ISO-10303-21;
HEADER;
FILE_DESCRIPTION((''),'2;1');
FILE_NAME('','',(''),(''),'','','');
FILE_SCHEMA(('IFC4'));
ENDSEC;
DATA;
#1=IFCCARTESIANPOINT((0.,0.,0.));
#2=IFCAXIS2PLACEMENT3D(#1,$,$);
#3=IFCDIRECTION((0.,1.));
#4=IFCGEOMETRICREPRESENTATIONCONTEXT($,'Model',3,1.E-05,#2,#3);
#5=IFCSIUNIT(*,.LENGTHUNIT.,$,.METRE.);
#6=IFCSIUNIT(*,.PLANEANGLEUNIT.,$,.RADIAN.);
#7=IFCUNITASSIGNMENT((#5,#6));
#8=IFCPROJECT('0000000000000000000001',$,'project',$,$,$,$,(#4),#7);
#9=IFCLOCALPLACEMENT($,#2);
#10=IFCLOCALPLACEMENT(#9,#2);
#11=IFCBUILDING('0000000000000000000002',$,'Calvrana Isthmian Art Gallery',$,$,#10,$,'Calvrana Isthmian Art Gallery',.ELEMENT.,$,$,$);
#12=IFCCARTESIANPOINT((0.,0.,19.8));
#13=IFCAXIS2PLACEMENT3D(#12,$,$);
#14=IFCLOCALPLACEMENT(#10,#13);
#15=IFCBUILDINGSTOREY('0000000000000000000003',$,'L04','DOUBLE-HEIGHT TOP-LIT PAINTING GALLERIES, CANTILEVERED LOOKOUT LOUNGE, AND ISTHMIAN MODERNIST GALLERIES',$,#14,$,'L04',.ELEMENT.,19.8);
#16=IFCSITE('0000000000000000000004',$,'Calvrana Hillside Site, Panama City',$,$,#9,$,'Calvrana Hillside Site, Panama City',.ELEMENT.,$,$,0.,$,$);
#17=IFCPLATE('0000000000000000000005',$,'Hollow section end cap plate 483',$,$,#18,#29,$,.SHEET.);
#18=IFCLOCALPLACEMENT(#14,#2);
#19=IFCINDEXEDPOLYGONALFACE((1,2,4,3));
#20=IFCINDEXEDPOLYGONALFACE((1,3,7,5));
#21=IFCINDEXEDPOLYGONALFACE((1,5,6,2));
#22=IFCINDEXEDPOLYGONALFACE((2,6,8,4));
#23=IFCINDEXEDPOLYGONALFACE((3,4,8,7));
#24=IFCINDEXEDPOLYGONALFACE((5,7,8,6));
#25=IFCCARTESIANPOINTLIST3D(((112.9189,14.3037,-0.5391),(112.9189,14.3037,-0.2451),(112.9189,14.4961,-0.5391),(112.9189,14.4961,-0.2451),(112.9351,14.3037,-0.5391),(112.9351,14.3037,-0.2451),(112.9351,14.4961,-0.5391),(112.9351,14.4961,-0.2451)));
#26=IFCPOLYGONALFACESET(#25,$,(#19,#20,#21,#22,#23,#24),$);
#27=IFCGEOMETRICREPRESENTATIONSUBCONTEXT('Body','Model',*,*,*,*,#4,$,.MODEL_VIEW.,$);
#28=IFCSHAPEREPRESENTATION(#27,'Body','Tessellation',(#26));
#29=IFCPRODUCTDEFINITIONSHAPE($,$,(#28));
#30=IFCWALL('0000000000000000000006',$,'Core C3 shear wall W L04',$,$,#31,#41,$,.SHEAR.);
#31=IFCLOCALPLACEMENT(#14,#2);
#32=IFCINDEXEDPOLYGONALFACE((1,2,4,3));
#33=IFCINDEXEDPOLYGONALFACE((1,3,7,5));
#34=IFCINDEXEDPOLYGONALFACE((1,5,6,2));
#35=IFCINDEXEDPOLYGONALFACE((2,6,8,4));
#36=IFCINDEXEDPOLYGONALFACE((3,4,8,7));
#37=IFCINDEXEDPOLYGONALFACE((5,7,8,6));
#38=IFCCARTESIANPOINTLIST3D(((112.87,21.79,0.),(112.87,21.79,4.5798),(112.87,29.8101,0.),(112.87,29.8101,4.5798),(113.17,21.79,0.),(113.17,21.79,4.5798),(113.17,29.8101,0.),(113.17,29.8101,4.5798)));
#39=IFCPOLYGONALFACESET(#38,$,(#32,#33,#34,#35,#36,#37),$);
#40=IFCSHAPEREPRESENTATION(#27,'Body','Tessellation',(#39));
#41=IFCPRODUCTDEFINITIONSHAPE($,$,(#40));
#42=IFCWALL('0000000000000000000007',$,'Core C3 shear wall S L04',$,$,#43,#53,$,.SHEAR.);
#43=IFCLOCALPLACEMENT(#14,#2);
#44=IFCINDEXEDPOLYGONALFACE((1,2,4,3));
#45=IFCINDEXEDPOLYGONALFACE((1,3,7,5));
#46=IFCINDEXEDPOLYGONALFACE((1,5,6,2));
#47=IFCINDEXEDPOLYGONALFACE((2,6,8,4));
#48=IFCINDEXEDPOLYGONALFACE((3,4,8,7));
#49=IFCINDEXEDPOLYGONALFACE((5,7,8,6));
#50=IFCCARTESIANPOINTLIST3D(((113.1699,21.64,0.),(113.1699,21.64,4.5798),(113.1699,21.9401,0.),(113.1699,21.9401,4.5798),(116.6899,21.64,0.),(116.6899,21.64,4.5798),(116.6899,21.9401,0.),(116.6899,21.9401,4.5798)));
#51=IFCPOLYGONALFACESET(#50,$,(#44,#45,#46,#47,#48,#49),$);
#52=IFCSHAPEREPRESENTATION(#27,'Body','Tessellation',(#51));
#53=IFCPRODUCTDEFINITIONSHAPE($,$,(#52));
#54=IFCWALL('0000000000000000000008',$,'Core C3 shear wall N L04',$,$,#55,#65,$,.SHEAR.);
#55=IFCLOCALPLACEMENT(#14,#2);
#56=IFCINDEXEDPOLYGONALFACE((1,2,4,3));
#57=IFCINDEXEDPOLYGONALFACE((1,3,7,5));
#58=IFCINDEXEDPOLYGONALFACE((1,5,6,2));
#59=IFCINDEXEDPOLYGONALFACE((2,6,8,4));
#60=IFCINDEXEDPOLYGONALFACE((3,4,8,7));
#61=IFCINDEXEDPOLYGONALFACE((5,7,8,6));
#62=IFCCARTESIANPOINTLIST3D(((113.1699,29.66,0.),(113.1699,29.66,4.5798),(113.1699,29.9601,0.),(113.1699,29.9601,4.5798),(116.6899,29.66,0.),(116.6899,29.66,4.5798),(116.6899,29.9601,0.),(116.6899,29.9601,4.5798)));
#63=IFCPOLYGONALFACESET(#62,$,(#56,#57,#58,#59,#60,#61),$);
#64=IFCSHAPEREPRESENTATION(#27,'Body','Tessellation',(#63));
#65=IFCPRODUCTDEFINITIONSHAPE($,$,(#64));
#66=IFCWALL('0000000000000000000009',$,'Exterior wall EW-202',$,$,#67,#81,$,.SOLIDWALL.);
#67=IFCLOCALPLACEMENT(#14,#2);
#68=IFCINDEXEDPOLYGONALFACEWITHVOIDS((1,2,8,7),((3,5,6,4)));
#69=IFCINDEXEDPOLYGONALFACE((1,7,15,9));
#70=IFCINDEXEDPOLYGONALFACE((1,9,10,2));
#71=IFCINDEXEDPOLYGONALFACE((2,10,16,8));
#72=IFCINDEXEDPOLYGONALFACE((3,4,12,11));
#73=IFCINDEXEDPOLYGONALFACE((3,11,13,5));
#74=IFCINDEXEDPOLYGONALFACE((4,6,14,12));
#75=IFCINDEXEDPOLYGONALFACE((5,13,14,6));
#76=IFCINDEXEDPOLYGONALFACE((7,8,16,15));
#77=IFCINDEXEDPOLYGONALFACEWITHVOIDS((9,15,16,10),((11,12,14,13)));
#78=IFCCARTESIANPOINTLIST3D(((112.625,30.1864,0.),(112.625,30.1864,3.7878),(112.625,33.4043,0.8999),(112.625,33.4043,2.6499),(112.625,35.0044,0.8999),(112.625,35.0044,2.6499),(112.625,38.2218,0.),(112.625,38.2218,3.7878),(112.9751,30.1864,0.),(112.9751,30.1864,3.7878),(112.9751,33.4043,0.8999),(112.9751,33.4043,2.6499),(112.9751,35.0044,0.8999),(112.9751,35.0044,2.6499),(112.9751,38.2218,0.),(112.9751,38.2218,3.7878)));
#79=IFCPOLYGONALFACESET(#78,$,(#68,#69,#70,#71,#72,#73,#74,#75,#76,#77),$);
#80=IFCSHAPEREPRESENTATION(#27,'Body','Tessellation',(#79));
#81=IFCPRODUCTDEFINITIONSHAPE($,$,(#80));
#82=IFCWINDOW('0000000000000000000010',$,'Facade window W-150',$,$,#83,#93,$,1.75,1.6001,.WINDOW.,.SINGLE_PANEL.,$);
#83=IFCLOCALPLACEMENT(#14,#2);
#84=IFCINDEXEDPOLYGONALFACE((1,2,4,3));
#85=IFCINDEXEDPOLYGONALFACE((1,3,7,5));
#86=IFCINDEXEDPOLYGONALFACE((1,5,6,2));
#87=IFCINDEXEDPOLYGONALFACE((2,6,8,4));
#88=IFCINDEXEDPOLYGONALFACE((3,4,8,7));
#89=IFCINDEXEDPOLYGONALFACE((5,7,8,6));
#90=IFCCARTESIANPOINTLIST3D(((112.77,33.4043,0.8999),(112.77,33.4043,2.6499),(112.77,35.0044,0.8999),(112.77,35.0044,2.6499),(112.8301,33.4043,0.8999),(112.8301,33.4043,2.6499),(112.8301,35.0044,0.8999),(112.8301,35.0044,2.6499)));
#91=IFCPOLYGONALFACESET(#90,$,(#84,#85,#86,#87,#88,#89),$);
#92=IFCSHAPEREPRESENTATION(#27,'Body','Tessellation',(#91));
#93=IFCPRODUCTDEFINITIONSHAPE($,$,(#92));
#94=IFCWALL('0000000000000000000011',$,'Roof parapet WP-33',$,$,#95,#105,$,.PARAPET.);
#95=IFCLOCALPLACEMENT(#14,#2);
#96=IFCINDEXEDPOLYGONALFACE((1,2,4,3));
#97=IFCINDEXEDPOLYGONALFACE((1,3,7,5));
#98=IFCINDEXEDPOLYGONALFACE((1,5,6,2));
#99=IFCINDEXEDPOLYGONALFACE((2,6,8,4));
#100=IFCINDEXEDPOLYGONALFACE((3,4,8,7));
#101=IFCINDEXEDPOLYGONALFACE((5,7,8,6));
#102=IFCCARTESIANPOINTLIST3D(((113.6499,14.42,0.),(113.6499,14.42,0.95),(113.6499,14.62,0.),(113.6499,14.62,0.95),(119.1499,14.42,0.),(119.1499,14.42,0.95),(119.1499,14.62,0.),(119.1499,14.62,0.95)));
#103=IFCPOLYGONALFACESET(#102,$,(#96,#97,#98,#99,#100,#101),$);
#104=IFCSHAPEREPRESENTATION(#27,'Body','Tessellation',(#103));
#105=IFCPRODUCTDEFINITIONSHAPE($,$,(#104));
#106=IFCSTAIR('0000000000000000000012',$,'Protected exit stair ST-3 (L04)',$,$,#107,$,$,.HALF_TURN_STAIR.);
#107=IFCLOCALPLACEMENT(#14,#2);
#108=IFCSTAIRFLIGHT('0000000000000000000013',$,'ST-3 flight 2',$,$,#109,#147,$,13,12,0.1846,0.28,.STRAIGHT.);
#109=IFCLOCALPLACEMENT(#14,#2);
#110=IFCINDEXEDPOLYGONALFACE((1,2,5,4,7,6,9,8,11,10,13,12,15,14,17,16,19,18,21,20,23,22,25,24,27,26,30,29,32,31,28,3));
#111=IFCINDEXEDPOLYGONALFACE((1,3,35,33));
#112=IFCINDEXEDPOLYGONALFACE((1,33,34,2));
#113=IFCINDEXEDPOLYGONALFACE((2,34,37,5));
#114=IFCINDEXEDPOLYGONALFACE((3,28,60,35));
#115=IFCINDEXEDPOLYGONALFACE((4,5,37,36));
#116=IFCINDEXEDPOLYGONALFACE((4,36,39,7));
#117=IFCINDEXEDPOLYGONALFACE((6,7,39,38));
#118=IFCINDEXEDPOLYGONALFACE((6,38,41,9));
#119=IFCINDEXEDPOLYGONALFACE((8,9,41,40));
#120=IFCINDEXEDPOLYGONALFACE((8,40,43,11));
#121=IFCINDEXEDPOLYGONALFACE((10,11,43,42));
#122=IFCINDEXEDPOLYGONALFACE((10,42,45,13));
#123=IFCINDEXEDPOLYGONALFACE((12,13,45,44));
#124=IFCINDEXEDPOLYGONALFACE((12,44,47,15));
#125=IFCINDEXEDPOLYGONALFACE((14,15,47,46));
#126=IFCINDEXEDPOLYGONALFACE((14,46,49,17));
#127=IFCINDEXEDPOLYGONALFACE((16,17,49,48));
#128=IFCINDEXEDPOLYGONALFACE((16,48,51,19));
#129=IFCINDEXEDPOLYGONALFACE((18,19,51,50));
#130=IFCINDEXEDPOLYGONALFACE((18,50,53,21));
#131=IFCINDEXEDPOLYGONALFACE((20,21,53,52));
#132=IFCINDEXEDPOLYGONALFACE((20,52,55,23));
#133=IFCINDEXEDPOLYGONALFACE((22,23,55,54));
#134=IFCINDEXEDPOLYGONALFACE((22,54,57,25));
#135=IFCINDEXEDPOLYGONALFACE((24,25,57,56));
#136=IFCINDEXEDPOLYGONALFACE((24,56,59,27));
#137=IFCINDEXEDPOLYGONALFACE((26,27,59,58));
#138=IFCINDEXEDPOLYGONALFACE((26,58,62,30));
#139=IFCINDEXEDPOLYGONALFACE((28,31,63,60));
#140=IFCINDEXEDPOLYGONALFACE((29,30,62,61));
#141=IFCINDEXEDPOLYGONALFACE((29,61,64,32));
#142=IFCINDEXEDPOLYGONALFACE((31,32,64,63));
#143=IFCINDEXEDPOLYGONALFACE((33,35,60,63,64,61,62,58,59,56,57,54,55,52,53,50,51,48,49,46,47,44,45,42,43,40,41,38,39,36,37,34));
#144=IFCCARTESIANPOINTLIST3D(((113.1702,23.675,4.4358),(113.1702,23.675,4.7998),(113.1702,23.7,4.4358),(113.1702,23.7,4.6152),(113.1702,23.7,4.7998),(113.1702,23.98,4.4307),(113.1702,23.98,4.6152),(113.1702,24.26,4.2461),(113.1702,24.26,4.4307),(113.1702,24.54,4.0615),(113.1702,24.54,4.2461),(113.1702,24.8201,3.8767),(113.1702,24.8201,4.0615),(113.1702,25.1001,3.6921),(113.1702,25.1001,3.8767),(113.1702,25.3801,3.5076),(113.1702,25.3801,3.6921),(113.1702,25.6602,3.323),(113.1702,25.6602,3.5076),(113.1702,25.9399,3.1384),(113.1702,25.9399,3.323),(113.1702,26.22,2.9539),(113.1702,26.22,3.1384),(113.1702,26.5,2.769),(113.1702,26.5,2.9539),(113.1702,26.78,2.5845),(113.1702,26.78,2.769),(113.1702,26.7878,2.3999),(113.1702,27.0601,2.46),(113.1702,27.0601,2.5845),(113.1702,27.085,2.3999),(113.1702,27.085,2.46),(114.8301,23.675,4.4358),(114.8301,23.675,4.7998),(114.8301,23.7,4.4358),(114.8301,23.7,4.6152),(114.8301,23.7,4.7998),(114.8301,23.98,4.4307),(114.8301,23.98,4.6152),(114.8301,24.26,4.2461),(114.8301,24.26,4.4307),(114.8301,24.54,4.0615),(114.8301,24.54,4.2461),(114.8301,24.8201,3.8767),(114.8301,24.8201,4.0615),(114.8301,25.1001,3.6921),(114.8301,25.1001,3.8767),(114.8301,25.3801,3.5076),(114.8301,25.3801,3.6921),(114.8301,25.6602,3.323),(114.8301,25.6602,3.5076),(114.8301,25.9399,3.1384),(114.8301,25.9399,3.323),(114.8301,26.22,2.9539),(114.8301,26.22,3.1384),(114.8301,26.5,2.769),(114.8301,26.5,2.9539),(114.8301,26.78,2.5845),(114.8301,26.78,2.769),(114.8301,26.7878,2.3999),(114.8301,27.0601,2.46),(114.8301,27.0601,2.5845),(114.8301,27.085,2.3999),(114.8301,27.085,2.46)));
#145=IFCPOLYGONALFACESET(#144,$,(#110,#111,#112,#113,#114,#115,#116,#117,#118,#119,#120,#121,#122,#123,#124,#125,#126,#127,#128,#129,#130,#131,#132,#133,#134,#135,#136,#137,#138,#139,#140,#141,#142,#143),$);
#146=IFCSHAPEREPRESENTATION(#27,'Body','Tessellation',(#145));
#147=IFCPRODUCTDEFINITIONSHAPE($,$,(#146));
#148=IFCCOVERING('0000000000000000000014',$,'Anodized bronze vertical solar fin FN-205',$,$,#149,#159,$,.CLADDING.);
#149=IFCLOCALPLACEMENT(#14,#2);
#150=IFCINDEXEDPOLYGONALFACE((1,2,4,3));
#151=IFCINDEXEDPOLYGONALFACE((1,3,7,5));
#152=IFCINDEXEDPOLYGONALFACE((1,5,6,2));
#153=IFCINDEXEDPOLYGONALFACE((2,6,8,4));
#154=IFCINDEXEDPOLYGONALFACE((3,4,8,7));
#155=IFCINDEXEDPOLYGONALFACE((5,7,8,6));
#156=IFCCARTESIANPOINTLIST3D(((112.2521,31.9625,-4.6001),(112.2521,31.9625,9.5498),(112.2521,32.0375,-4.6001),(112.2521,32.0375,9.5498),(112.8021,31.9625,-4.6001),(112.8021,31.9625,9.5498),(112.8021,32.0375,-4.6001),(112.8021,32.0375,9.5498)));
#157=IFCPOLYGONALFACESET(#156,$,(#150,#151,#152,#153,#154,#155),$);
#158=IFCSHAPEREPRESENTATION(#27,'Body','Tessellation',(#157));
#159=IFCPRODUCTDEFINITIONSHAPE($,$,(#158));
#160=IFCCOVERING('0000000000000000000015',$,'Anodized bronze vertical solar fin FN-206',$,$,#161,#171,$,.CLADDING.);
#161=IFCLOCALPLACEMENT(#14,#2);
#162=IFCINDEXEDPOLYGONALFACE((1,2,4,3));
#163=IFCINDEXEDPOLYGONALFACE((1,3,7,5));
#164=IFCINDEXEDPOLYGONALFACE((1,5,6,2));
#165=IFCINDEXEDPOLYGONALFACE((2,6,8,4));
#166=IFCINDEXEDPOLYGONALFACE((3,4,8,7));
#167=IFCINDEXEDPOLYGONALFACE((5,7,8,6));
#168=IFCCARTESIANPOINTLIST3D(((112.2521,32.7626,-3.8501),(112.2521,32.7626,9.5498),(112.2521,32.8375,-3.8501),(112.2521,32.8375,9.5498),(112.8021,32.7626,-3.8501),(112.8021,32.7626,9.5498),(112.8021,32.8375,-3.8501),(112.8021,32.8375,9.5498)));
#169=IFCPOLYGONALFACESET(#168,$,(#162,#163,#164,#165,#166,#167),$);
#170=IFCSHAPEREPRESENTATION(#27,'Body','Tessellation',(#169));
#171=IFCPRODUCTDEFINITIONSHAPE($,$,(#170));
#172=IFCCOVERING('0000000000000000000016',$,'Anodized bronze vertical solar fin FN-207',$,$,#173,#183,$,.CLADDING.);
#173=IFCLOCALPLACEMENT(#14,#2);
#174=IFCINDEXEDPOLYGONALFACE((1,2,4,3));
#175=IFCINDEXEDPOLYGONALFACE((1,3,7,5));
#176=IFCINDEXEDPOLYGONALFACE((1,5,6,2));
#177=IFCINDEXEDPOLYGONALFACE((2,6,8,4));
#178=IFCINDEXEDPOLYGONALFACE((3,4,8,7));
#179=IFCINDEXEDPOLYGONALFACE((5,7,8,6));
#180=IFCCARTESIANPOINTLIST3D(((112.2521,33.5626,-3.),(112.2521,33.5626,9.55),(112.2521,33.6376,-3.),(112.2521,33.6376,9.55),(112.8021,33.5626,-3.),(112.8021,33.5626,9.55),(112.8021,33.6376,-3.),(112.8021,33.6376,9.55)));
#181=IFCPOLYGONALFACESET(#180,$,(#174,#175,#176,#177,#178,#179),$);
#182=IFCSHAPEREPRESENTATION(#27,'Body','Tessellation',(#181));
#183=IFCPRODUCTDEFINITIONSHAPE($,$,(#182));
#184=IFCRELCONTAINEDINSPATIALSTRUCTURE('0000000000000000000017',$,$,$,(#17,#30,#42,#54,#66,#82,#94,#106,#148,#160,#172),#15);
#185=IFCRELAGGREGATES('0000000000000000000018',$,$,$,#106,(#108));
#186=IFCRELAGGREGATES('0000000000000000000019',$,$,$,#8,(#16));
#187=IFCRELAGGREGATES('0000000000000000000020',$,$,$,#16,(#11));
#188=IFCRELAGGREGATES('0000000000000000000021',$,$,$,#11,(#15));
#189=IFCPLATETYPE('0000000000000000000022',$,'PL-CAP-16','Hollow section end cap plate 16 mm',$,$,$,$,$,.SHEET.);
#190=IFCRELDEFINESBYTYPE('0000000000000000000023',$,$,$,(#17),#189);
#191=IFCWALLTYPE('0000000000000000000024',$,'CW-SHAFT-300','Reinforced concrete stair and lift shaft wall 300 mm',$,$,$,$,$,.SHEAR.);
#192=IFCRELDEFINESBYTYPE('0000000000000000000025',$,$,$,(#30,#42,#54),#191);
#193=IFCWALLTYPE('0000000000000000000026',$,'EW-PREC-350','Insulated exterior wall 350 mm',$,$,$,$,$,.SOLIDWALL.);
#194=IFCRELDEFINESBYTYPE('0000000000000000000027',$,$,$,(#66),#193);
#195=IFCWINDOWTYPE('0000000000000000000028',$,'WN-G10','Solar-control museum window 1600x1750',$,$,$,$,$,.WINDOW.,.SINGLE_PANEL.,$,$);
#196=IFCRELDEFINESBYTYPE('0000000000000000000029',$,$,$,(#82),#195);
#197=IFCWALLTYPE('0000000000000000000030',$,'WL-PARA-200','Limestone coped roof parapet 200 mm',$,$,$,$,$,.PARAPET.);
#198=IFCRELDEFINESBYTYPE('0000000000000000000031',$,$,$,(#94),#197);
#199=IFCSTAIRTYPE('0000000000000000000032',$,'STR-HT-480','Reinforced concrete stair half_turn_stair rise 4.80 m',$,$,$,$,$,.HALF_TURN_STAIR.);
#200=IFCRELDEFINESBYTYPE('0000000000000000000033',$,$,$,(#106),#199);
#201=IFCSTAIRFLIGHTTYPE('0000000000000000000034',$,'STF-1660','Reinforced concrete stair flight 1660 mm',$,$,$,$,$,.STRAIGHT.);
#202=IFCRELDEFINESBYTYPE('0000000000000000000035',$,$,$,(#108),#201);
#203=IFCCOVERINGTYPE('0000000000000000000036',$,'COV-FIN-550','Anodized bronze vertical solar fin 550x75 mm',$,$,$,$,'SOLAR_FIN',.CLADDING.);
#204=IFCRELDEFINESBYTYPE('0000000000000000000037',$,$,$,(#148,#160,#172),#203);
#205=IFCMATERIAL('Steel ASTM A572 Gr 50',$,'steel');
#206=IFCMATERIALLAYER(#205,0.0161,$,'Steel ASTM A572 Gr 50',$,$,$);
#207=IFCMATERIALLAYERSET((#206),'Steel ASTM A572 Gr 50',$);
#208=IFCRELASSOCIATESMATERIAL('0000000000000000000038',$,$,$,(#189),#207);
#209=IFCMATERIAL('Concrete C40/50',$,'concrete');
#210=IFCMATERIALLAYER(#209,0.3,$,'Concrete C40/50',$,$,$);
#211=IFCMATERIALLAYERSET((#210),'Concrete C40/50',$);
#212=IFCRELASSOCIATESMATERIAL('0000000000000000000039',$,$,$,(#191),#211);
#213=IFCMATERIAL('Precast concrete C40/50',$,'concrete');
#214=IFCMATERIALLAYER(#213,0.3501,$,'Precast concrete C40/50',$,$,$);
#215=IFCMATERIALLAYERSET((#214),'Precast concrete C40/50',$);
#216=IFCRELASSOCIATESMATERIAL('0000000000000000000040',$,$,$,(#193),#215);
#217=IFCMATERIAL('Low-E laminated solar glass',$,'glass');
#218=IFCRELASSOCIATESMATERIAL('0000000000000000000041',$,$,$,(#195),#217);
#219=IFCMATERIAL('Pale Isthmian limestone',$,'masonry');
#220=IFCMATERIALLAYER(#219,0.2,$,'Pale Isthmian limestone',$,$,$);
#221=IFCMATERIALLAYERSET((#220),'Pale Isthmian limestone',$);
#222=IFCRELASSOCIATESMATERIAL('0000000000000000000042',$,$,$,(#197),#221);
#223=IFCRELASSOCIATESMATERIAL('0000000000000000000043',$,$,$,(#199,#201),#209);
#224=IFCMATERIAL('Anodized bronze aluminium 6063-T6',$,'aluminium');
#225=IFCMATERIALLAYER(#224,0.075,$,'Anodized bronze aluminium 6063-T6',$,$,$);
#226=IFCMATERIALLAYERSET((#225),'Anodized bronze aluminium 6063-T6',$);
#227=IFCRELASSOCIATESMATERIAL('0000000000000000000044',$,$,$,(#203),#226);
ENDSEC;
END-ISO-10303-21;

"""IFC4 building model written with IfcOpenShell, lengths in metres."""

from ifc_helpers import new_model, si_unit, direction, frame, frame_2d, origin, origin_2d, place, context, subcontext, project, spatial, polyline, rectangle, outline, extrude, material, layer, layer_set, type_object, element, fill, aggregate, save


model = new_model("IFC4")

# Units and contexts
model_context = context("Model", 3, precision=1e-05, world=origin(), true_north=direction((0.0, 1.0)))
body_context = subcontext(model_context, "Body", "Model", "MODEL_VIEW")
ifc_project = project(units=[si_unit("LENGTHUNIT", "METRE"), si_unit("PLANEANGLEUNIT", "RADIAN")], contexts=[model_context])

# Site, building, storey
site_placement = place(None, origin())
site = spatial("IfcSite", under=ifc_project, at=site_placement, Name="Calvrana Hillside Site, Panama City", LongName="Calvrana Hillside Site, Panama City", CompositionType="ELEMENT", RefElevation=0.0)
building_placement = place(site_placement, origin())
building = spatial("IfcBuilding", under=site, at=building_placement, Name="Calvrana Isthmian Art Gallery", LongName="Calvrana Isthmian Art Gallery", CompositionType="ELEMENT")
storey_placement = place(building_placement, frame((0.0, 0.0, 19.8)))
storey = spatial("IfcBuildingStorey", under=building, at=storey_placement, Name="L04", Description="DOUBLE-HEIGHT TOP-LIT PAINTING GALLERIES, CANTILEVERED LOOKOUT LOUNGE, AND ISTHMIAN MODERNIST GALLERIES", LongName="L04", CompositionType="ELEMENT", Elevation=19.8)

# Plate
ifc_material_1 = material(Name="Steel ASTM A572 Gr 50", Category="steel")
ifc_layer_1 = layer(ifc_material_1, 0.0161, Name="Steel ASTM A572 Gr 50")
ifc_layer_set_1 = layer_set([ifc_layer_1], Name="Steel ASTM A572 Gr 50")
plate_type = type_object("IfcPlateType", Name="PL-CAP-16", Description="Hollow section end cap plate 16 mm", PredefinedType="SHEET", material=ifc_layer_set_1)
plate_placement = place(storey_placement, frame((112.927, 14.3999, -0.5391), z_axis=(0.0, 0.0, 1.0), x_axis=(1.0, 0.0, 0.0)))
element("IfcPlate", 1, at=plate_placement, inside=storey, type_object=plate_type, Name="Hollow section end cap plate 483", PredefinedType="SHEET", context=body_context, shape_type="SweptSolid", body=[
    extrude(rectangle(XDim=0.0161, YDim=0.1924, at=origin_2d()), origin(), (0.0, 0.0, 1.0), 0.2939),
])

# Walls
ifc_material_2 = material(Name="Concrete C40/50", Category="concrete")
ifc_layer_2 = layer(ifc_material_2, 0.3, Name="Concrete C40/50")
ifc_layer_set_2 = layer_set([ifc_layer_2], Name="Concrete C40/50")
wall_type_1 = type_object("IfcWallType", Name="CW-SHAFT-300", Description="Reinforced concrete stair and lift shaft wall 300 mm", PredefinedType="SHEAR", material=ifc_layer_set_2)
wall_1_placement = place(storey_placement, frame((113.02, 21.79, 0.0), z_axis=(0.0, 0.0, 1.0), x_axis=(0.0, 1.0, 0.0)))
element("IfcWall", 2, at=wall_1_placement, inside=storey, type_object=wall_type_1, Name="Core C3 shear wall W L04", PredefinedType="SHEAR", context=body_context, shape_type="SweptSolid", body=[
    extrude(rectangle(XDim=8.02, YDim=0.3, at=frame_2d((4.01, 0.0))), origin(), (0.0, 0.0, 1.0), 4.5798),
])
for number, where, z_axis, x_axis, name in (
    (3, (113.1699, 21.79, 0.0), (0.0, 0.0, 1.0), (1.0, 0.0, 0.0), "Core C3 shear wall S L04"),
    (4, (113.1699, 29.8101, 0.0), (0.0, 0.0, 1.0), (1.0, 0.0, 0.0), "Core C3 shear wall N L04"),
):
    element("IfcWall", number, at=place(storey_placement, frame(where, z_axis=z_axis, x_axis=x_axis)), inside=storey, type_object=wall_type_1, Name=name, PredefinedType="SHEAR", context=body_context, shape_type="SweptSolid", body=[
        extrude(rectangle(XDim=3.52, YDim=0.3, at=frame_2d((1.76, 0.0))), origin(), (0.0, 0.0, 1.0), 4.5798),
    ])

# Wall, opening, window
ifc_material_3 = material(Name="Precast concrete C40/50", Category="concrete")
ifc_layer_3 = layer(ifc_material_3, 0.3501, Name="Precast concrete C40/50")
ifc_layer_set_3 = layer_set([ifc_layer_3], Name="Precast concrete C40/50")
wall_type_2 = type_object("IfcWallType", Name="EW-PREC-350", Description="Insulated exterior wall 350 mm", PredefinedType="SOLIDWALL", material=ifc_layer_set_3)
wall_2_placement = place(storey_placement, frame((112.8, 30.1865, 0.0), z_axis=(0.0, 0.0, 1.0), x_axis=(0.0, 1.0, 0.0)))
wall_2 = element("IfcWall", 5, at=wall_2_placement, inside=storey, type_object=wall_type_2, Name="Exterior wall EW-202", PredefinedType="SOLIDWALL", context=body_context, shape_type="SweptSolid", body=[
    extrude(rectangle(XDim=8.0354, YDim=0.3501, at=frame_2d((4.0176, 0.0))), origin(), (0.0, 0.0, 1.0), 3.7878),
])
opening_placement = place(wall_2_placement, frame((3.2178, 0.0, 0.8999)))
opening = element("IfcOpeningElement", 6, at=opening_placement, cuts=wall_2, PredefinedType="OPENING", context=body_context, shape_type="SweptSolid", body=[
    extrude(rectangle(XDim=1.6001, YDim=1.75, at=frame_2d((0.8, 0.875))), frame((0.0, 0.1853, 0.0), z_axis=(0.0, -1.0, 0.0), x_axis=(1.0, 0.0, 0.0)), (0.0, 0.0, 1.0), 0.3706),
])
ifc_material_4 = material(Name="Low-E laminated solar glass", Category="glass")
window_type = type_object("IfcWindowType", Name="WN-G10", Description="Solar-control museum window 1600x1750", PartitioningType="SINGLE_PANEL", PredefinedType="WINDOW", material=ifc_material_4)
window_placement = place(opening_placement, origin())
window = element("IfcWindow", 7, at=window_placement, inside=storey, type_object=window_type, Name="Facade window W-150", OverallHeight=1.75, OverallWidth=1.6001, PartitioningType="SINGLE_PANEL", PredefinedType="WINDOW", context=body_context, shape_type="SweptSolid", body=[
    extrude(rectangle(XDim=1.6001, YDim=1.75, at=frame_2d((0.8, 0.875))), frame((0.0, 0.03, 0.0), z_axis=(0.0, -1.0, 0.0), x_axis=(1.0, 0.0, 0.0)), (0.0, 0.0, 1.0), 0.0601),
])
fill(opening, window)

# Wall
ifc_material_5 = material(Name="Pale Isthmian limestone", Category="masonry")
ifc_layer_4 = layer(ifc_material_5, 0.2, Name="Pale Isthmian limestone")
ifc_layer_set_4 = layer_set([ifc_layer_4], Name="Pale Isthmian limestone")
wall_type_3 = type_object("IfcWallType", Name="WL-PARA-200", Description="Limestone coped roof parapet 200 mm", PredefinedType="PARAPET", material=ifc_layer_set_4)
wall_3_placement = place(storey_placement, frame((113.6499, 14.52, 0.0), z_axis=(0.0, 0.0, 1.0), x_axis=(1.0, 0.0, 0.0)))
element("IfcWall", 8, at=wall_3_placement, inside=storey, type_object=wall_type_3, Name="Roof parapet WP-33", PredefinedType="PARAPET", context=body_context, shape_type="SweptSolid", body=[
    extrude(rectangle(XDim=5.5, YDim=0.2, at=frame_2d((2.75, 0.0))), origin(), (0.0, 0.0, 1.0), 0.95),
])

# Stair, stair flight
stair_type = type_object("IfcStairType", Name="STR-HT-480", Description="Reinforced concrete stair half_turn_stair rise 4.80 m", PredefinedType="HALF_TURN_STAIR", material=ifc_material_2)
stair_placement = place(storey_placement, origin())
stair = element("IfcStair", 9, at=stair_placement, inside=storey, type_object=stair_type, Name="Protected exit stair ST-3 (L04)", PredefinedType="HALF_TURN_STAIR")
stair_flight_type = type_object("IfcStairFlightType", Name="STF-1660", Description="Reinforced concrete stair flight 1660 mm", PredefinedType="STRAIGHT", material=ifc_material_2)
stair_flight_placement = place(storey_placement, frame((114.0, 27.0601, 2.3999), z_axis=(0.0, 0.0, 1.0), x_axis=(0.0, -1.0, 0.0)))
stair_flight = element("IfcStairFlight", 10, at=stair_flight_placement, type_object=stair_flight_type, Name="ST-3 flight 2", NumberOfRisers=13, NumberOfTreads=12, PredefinedType="STRAIGHT", RiserHeight=0.1846, TreadLength=0.28, context=body_context, shape_type="SweptSolid", body=[
    extrude(outline(polyline([(-0.0249, 0.0), (-0.0249, 0.0601), (0.0, 0.0601), (0.0, 0.1846), (0.28, 0.1846), (0.28, 0.3691), (0.5601, 0.3691), (0.5601, 0.554), (0.8401, 0.554), (0.8401, 0.7385), (1.1201, 0.7385), (1.1201, 0.9231), (1.3999, 0.9231), (1.3999, 1.1077), (1.6799, 1.1077), (1.6799, 1.2922), (1.96, 1.2922), (1.96, 1.4768), (2.24, 1.4768), (2.24, 1.6616), (2.52, 1.6616), (2.52, 1.8462), (2.8, 1.8462), (2.8, 2.0308), (3.0801, 2.0308), (3.0801, 2.2153), (3.3601, 2.2153), (3.3601, 2.3999), (3.385, 2.3999), (3.385, 2.0359), (3.3601, 2.0359), (0.2722, 0.0), (-0.0249, 0.0)])), frame((0.0, 0.8301, 0.0), z_axis=(0.0, -1.0, 0.0), x_axis=(1.0, 0.0, 0.0)), (0.0, 0.0, 1.0), 1.6599),
])
aggregate(stair, [stair_flight])

# Coverings
ifc_material_6 = material(Name="Anodized bronze aluminium 6063-T6", Category="aluminium")
ifc_layer_5 = layer(ifc_material_6, 0.075, Name="Anodized bronze aluminium 6063-T6")
ifc_layer_set_5 = layer_set([ifc_layer_5], Name="Anodized bronze aluminium 6063-T6")
covering_type = type_object("IfcCoveringType", Name="COV-FIN-550", Description="Anodized bronze vertical solar fin 550x75 mm", ElementType="SOLAR_FIN", PredefinedType="CLADDING", material=ifc_layer_set_5)
covering_1_placement = place(storey_placement, frame((112.5271, 32.0, -4.6001), z_axis=(0.0, 0.0, 1.0), x_axis=(1.0, 0.0, 0.0)))
element("IfcCovering", 11, at=covering_1_placement, inside=storey, type_object=covering_type, Name="Anodized bronze vertical solar fin FN-205", PredefinedType="CLADDING", context=body_context, shape_type="SweptSolid", body=[
    extrude(rectangle(XDim=0.55, YDim=0.075, at=origin_2d()), origin(), (0.0, 0.0, 1.0), 14.1499),
])
covering_2_placement = place(storey_placement, frame((112.5271, 32.8, -3.8501), z_axis=(0.0, 0.0, 1.0), x_axis=(1.0, 0.0, 0.0)))
element("IfcCovering", 12, at=covering_2_placement, inside=storey, type_object=covering_type, Name="Anodized bronze vertical solar fin FN-206", PredefinedType="CLADDING", context=body_context, shape_type="SweptSolid", body=[
    extrude(rectangle(XDim=0.55, YDim=0.075, at=origin_2d()), origin(), (0.0, 0.0, 1.0), 13.3999),
])
covering_3_placement = place(storey_placement, frame((112.5271, 33.6001, -3.0), z_axis=(0.0, 0.0, 1.0), x_axis=(1.0, 0.0, 0.0)))
element("IfcCovering", 13, at=covering_3_placement, inside=storey, type_object=covering_type, Name="Anodized bronze vertical solar fin FN-207", PredefinedType="CLADDING", context=body_context, shape_type="SweptSolid", body=[
    extrude(rectangle(XDim=0.55, YDim=0.075, at=origin_2d()), origin(), (0.0, 0.0, 1.0), 12.55),
])

save(model, "model.ifc")
